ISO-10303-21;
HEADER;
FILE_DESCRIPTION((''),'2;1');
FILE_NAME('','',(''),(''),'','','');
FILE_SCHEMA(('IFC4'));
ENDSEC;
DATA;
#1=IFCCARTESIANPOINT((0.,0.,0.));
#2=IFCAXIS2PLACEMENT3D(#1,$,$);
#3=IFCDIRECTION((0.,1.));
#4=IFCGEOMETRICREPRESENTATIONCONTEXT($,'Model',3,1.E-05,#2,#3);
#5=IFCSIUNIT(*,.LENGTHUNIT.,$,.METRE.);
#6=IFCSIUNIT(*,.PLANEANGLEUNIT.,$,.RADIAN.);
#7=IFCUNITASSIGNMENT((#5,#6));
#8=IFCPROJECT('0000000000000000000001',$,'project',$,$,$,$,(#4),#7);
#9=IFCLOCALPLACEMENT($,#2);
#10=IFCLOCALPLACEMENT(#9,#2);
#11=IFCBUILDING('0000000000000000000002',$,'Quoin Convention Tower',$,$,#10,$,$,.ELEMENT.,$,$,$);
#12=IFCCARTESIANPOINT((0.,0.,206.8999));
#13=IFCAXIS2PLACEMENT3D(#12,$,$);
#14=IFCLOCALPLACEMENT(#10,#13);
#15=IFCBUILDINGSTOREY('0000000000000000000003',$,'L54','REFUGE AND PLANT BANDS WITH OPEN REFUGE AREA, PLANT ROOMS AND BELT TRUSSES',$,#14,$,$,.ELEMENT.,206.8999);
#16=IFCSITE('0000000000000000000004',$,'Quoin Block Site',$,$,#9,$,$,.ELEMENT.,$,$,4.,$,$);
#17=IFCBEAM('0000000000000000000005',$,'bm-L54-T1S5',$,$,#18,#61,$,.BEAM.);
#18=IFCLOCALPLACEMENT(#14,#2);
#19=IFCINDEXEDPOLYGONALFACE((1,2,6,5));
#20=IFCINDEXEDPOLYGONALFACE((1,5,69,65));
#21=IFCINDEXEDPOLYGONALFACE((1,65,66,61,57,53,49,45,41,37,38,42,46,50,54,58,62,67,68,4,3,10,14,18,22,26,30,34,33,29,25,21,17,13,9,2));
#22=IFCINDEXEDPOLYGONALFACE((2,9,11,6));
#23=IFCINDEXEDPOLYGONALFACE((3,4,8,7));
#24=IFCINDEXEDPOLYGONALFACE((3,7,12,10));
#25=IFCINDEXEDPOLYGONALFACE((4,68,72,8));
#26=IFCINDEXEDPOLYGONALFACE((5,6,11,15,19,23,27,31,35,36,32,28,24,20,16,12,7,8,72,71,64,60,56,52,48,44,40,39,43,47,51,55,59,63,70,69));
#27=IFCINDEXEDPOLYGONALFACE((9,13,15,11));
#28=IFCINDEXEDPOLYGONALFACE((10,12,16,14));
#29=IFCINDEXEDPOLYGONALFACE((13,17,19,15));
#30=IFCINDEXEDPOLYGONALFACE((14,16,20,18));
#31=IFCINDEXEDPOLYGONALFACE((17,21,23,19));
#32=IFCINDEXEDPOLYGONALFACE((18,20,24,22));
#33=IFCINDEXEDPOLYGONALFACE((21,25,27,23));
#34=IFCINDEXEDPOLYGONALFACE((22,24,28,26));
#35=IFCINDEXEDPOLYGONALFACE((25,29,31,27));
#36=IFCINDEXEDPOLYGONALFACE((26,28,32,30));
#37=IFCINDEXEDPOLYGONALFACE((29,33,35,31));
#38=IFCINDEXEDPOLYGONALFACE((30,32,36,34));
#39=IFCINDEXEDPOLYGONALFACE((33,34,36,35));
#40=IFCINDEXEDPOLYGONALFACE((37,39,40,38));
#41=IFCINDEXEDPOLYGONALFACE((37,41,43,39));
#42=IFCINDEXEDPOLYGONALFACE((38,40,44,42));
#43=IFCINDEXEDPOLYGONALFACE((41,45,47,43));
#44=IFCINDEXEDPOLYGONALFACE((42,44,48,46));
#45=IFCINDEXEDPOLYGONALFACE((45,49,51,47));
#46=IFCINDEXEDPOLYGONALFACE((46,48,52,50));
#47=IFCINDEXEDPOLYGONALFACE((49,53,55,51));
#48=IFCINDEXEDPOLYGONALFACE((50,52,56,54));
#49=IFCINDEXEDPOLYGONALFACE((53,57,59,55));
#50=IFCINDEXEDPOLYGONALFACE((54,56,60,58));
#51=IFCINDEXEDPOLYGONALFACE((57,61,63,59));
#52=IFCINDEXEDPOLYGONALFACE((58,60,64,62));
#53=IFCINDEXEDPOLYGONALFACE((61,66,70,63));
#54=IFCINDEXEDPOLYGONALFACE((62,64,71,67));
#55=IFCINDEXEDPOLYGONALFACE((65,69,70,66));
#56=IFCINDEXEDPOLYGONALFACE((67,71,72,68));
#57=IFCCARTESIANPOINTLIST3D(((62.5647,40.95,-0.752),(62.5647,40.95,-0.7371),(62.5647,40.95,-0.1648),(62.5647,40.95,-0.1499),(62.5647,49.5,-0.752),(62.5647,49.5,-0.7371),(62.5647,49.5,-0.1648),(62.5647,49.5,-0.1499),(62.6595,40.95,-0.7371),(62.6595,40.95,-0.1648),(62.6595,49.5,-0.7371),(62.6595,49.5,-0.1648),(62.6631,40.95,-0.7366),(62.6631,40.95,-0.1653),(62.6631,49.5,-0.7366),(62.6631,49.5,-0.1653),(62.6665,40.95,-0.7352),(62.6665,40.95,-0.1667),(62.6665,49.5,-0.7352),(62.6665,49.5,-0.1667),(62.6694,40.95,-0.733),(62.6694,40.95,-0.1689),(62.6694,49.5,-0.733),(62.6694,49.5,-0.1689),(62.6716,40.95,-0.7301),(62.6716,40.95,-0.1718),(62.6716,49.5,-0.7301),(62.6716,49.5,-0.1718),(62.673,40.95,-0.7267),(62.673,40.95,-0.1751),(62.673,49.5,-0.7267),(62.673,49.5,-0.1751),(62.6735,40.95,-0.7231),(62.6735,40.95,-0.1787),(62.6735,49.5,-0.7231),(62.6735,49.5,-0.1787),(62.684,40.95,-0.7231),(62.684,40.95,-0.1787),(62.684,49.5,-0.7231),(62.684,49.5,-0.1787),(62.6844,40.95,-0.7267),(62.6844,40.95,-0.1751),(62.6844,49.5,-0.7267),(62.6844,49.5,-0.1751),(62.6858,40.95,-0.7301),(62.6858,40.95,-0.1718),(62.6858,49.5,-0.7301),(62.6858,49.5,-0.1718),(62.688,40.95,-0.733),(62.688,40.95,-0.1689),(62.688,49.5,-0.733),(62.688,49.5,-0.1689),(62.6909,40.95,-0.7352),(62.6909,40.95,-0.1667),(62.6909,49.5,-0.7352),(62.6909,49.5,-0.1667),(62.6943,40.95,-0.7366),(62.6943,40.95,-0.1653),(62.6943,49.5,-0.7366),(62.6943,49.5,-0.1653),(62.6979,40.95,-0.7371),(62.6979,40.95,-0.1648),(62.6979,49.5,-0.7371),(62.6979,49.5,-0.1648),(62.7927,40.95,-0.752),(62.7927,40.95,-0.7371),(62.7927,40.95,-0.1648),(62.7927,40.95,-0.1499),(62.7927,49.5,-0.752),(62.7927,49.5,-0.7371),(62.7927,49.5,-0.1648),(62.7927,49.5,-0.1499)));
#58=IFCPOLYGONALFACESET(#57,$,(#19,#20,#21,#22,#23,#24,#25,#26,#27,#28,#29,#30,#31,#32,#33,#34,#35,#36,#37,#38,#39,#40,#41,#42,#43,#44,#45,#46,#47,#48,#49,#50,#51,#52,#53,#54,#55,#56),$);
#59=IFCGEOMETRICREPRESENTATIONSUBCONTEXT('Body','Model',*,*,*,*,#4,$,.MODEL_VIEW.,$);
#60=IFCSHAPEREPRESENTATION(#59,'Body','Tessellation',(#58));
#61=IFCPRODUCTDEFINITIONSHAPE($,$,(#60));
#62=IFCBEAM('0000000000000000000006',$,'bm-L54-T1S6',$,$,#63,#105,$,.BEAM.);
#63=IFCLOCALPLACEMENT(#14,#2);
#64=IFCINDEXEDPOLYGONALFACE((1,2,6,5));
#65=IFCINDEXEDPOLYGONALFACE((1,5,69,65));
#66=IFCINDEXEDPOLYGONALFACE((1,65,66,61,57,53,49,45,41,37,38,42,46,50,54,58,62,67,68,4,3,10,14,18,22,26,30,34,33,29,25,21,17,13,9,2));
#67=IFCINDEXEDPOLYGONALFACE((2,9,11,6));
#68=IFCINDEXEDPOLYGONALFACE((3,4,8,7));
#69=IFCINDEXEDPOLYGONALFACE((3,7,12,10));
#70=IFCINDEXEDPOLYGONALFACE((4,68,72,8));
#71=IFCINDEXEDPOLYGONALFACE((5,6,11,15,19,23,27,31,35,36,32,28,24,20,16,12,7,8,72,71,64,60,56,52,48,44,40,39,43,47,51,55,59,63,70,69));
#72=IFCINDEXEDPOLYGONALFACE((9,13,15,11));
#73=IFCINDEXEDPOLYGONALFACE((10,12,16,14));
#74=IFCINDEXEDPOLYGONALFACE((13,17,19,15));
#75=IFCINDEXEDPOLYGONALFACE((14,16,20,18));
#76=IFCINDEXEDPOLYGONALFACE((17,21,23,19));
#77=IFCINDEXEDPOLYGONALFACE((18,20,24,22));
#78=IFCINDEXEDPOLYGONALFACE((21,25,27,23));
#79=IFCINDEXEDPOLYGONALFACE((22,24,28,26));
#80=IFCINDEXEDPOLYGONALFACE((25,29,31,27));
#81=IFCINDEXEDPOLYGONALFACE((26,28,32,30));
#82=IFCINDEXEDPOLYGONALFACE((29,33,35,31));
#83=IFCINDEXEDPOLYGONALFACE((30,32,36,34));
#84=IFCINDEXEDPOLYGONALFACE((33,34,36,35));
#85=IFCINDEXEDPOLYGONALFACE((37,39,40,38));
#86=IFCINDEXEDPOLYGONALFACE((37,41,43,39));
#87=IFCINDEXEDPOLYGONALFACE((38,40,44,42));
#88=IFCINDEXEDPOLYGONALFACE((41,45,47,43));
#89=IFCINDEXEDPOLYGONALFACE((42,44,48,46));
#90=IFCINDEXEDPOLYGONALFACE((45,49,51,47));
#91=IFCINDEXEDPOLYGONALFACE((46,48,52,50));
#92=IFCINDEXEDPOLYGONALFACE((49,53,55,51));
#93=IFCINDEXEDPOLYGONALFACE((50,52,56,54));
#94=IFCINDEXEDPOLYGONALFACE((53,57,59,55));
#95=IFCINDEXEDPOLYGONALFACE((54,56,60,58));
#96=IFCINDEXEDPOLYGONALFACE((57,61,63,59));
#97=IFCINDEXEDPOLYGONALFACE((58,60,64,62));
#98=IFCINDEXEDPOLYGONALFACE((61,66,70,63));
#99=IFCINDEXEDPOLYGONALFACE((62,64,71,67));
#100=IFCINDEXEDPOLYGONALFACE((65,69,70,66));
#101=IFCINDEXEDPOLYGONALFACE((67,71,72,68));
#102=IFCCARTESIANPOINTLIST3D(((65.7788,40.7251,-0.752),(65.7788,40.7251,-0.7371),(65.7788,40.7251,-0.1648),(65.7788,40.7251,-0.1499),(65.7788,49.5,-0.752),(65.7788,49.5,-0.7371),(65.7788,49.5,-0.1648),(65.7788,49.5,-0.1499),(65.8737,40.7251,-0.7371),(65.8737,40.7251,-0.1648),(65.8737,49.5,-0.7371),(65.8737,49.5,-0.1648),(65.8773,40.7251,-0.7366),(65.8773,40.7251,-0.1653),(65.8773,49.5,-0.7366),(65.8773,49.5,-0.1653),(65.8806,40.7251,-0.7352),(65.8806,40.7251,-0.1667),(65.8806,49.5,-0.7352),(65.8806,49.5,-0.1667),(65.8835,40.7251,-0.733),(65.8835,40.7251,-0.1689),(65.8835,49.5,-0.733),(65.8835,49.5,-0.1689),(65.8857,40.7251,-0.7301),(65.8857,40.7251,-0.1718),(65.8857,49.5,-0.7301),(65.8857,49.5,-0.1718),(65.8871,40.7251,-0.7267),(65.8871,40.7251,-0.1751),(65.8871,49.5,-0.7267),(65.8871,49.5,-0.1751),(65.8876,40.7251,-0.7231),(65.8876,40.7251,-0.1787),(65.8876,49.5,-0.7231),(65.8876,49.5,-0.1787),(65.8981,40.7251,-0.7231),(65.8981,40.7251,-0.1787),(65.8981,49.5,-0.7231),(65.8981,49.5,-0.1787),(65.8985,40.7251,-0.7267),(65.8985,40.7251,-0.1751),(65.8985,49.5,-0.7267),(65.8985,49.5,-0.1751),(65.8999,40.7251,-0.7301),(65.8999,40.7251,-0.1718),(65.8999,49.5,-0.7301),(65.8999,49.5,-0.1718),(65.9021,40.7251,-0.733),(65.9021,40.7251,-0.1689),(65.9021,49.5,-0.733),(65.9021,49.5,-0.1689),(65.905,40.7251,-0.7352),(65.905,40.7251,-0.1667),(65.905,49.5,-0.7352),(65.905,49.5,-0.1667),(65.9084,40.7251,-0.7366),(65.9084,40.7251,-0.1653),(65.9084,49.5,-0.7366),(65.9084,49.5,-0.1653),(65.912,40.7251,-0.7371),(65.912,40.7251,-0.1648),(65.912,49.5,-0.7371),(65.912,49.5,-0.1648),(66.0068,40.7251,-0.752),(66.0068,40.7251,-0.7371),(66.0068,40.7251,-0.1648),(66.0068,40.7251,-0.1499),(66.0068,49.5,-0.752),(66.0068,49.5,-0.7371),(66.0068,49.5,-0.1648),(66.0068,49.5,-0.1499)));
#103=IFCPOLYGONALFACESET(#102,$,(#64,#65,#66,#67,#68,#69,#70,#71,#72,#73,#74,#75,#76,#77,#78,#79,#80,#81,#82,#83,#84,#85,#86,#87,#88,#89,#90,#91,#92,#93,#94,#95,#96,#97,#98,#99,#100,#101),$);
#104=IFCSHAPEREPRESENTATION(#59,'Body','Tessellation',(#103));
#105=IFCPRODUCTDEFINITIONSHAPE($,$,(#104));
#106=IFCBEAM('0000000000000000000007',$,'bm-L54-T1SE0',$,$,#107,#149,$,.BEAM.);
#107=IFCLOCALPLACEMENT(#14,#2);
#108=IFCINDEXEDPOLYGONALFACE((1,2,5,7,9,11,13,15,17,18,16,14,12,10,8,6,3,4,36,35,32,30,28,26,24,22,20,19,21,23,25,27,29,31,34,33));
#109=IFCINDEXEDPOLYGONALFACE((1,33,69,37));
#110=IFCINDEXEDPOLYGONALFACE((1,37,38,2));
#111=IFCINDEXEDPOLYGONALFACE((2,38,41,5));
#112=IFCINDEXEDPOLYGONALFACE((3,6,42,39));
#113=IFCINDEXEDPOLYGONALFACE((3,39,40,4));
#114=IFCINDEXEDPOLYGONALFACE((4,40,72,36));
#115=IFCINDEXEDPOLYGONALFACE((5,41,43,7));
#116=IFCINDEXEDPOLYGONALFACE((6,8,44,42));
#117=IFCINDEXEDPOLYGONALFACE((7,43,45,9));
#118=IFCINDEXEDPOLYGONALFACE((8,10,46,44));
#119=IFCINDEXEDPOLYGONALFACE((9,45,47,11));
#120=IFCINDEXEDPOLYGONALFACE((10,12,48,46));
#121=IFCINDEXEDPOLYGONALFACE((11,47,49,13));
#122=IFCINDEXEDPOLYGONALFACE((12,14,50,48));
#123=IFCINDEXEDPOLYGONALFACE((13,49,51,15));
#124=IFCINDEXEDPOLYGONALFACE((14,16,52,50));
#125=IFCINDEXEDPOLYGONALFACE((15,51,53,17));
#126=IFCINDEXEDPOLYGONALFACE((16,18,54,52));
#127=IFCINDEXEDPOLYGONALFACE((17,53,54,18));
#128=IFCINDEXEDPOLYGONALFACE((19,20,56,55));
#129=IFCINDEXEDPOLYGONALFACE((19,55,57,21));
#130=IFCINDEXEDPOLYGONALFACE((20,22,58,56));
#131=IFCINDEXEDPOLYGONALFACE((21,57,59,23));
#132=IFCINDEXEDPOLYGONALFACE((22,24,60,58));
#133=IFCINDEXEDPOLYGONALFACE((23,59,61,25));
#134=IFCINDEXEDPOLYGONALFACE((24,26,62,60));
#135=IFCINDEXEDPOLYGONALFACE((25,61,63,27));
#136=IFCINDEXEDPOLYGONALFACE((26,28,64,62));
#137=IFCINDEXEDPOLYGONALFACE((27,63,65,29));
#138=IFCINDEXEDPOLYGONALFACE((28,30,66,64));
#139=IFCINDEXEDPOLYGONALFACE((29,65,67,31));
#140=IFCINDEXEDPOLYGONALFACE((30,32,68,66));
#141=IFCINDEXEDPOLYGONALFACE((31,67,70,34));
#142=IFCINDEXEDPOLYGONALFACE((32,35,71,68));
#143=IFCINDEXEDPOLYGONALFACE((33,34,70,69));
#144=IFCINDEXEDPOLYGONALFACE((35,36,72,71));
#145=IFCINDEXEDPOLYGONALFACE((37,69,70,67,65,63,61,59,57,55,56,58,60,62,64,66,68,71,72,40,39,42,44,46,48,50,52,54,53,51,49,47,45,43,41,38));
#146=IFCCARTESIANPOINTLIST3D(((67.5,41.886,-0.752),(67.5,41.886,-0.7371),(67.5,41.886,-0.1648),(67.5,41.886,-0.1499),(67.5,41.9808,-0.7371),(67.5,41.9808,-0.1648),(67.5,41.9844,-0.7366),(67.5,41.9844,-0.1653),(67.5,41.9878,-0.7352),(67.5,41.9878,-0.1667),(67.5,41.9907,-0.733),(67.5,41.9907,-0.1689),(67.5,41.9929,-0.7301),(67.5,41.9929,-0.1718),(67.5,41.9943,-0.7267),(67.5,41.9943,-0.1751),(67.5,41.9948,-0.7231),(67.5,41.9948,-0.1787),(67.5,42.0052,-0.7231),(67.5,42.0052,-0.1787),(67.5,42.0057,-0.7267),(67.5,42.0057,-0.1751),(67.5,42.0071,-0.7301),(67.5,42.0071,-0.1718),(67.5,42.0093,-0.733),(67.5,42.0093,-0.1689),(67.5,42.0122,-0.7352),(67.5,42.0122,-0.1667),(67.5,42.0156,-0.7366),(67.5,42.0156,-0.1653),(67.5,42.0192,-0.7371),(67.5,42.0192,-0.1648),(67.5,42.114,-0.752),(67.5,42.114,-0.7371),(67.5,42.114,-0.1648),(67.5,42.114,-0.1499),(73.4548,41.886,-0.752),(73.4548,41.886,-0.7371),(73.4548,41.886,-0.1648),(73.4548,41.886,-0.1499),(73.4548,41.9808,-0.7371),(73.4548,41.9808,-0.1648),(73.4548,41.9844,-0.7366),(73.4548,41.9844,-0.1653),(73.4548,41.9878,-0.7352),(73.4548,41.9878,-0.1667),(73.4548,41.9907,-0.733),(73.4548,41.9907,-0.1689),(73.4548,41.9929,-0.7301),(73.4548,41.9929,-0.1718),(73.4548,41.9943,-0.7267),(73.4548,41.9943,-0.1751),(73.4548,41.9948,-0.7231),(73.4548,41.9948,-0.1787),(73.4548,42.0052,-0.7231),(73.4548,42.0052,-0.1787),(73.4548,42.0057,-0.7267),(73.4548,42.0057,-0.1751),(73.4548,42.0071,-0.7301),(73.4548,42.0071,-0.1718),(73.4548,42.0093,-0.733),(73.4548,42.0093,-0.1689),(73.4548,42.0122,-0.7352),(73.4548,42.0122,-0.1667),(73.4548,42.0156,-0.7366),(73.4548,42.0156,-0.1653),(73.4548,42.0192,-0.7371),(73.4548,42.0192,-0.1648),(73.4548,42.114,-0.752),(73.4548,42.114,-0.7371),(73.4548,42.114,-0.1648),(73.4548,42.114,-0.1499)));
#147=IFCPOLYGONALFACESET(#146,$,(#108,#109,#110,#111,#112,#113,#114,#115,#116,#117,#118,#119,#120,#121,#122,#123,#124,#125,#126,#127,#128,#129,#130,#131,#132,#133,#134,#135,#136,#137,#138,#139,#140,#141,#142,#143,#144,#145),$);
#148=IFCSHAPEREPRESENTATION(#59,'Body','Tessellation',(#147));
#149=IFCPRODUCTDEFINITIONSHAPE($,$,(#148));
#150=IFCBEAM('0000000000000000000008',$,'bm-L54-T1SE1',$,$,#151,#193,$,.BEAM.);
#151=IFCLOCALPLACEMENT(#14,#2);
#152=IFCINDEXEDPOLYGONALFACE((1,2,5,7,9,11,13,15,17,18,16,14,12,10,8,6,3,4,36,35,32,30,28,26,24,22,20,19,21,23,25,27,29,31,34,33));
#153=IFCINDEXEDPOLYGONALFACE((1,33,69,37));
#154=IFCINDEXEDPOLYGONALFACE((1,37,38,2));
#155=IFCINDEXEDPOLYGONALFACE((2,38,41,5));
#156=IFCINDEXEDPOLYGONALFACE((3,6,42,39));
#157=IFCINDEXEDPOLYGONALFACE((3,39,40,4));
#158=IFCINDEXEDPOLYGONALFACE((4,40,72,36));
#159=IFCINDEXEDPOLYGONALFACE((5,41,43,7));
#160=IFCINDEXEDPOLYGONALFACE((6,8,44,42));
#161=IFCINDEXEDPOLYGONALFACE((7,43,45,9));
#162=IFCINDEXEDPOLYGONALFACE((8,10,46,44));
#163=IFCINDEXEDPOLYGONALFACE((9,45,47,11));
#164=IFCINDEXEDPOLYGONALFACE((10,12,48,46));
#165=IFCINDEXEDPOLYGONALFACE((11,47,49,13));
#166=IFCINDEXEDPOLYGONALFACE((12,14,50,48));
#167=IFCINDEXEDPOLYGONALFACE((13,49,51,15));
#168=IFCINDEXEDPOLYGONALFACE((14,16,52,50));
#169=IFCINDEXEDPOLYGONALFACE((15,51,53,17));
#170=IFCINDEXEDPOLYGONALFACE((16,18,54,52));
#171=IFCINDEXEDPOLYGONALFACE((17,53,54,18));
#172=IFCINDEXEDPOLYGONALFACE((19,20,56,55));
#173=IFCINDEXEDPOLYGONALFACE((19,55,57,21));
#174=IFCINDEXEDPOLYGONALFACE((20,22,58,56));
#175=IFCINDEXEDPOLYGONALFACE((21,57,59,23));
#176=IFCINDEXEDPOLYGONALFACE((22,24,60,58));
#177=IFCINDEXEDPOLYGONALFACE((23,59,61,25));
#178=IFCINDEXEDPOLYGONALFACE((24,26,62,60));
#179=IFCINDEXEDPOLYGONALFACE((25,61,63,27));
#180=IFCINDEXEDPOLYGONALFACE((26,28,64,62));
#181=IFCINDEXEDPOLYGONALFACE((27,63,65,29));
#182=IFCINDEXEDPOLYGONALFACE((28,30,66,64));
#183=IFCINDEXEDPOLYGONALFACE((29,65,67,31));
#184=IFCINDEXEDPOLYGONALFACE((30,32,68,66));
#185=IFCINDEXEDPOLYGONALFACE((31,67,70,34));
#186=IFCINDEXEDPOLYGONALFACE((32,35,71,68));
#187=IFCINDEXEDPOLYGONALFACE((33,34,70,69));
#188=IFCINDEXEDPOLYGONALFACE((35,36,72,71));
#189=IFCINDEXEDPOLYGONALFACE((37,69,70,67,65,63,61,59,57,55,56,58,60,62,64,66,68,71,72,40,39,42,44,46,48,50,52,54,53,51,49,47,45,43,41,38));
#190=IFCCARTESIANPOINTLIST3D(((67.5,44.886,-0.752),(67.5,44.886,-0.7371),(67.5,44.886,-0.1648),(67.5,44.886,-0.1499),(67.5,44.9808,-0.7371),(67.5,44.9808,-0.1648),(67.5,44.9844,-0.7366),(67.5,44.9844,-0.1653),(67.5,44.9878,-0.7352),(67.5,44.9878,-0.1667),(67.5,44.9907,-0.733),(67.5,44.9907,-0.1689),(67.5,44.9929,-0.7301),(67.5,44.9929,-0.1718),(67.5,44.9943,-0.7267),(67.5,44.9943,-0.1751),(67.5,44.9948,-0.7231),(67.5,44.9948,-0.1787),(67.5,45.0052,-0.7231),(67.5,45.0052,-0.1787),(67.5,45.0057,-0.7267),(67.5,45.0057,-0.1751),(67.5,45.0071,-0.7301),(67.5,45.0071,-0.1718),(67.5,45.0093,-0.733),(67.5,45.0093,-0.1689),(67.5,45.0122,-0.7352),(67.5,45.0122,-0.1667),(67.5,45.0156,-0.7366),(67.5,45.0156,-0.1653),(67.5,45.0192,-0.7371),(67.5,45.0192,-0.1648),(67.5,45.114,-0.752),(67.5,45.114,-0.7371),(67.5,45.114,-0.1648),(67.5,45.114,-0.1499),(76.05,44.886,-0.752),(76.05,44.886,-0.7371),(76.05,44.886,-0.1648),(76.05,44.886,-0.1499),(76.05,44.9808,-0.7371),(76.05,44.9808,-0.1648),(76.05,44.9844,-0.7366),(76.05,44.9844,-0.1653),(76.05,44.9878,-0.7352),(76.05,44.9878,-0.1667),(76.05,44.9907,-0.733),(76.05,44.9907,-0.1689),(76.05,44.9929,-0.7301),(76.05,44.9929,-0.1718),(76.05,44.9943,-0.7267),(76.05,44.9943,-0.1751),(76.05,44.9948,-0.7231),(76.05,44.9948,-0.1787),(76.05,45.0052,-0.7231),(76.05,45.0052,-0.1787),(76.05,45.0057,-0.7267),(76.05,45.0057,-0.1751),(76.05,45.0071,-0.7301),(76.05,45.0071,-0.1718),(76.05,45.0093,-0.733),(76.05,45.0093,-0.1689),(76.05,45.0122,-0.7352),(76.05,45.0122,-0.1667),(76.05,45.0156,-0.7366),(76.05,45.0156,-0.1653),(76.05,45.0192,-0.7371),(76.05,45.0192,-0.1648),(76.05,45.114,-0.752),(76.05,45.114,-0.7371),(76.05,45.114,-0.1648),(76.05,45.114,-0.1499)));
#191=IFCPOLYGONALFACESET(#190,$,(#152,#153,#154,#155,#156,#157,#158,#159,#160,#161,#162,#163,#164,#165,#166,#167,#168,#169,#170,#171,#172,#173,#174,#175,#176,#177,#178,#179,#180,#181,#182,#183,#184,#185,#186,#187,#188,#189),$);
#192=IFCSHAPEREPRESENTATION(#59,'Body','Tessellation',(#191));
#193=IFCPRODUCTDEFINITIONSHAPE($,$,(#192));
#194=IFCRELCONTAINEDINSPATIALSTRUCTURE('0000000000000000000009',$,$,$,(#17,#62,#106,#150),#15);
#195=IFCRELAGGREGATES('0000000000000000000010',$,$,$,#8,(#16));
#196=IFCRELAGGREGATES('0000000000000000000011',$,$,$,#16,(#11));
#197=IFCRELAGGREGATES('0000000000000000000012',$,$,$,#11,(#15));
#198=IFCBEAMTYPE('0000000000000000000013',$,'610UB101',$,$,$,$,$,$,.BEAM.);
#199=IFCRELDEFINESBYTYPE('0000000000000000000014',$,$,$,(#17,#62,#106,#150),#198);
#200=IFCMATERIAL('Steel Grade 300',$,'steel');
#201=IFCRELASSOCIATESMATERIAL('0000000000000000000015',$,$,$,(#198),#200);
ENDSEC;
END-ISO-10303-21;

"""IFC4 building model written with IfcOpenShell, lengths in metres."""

from ifc_helpers import new_model, si_unit, direction, frame, origin, origin_2d, place, context, subcontext, project, spatial, i_section, extrude, material, material_profile, profile_set, type_object, element, save


model = new_model("IFC4")

# Units and contexts
model_context = context("Model", 3, precision=1e-05, world=origin(), true_north=direction((0.0, 1.0)))
body_context = subcontext(model_context, "Body", "Model", "MODEL_VIEW")
ifc_project = project(units=[si_unit("LENGTHUNIT", "METRE"), si_unit("PLANEANGLEUNIT", "RADIAN")], contexts=[model_context])

# Site, building, storey
site_placement = place(None, origin())
site = spatial("IfcSite", under=ifc_project, at=site_placement, Name="Quoin Block Site", CompositionType="ELEMENT", RefElevation=4.0)
building_placement = place(site_placement, origin())
building = spatial("IfcBuilding", under=site, at=building_placement, Name="Quoin Convention Tower", CompositionType="ELEMENT")
storey_placement = place(building_placement, frame((0.0, 0.0, 206.8999)))
storey = spatial("IfcBuildingStorey", under=building, at=storey_placement, Name="L54", Description="REFUGE AND PLANT BANDS WITH OPEN REFUGE AREA, PLANT ROOMS AND BELT TRUSSES", CompositionType="ELEMENT", Elevation=206.8999)

# Shared definitions
ifc_material_1 = material(Name="Steel Grade 300", Category="steel")

# Beams
ifc_material_profile_1 = material_profile(ifc_material_1, i_section(OverallWidth=0.228, OverallDepth=0.6021, WebThickness=0.0105, FlangeThickness=0.0149, FilletRadius=0.0139, at=origin_2d()), Name="610UB101")
ifc_profile_set_1 = profile_set([ifc_material_profile_1], Name="Steel Grade 300")
beam_type_1 = type_object("IfcBeamType", Name="610UB101", PredefinedType="BEAM", material=ifc_profile_set_1)
beam_1_placement = place(storey_placement, frame((62.6787, 40.95, -0.4509), z_axis=(0.0, 1.0, 0.0), x_axis=(-1.0, 0.0, 0.0)))
element("IfcBeam", 1, at=beam_1_placement, inside=storey, type_object=beam_type_1, Name="bm-L54-T1S5", PredefinedType="BEAM", context=body_context, shape_type="SweptSolid", body=[
    extrude(i_section(OverallWidth=0.228, OverallDepth=0.6021, WebThickness=0.0105, FlangeThickness=0.0149, FilletRadius=0.0139, at=origin_2d()), origin(), (0.0, 0.0, 1.0), 8.55),
])
beam_2_placement = place(storey_placement, frame((65.8928, 40.7251, -0.4509), z_axis=(0.0, 1.0, 0.0), x_axis=(-1.0, 0.0, 0.0)))
element("IfcBeam", 2, at=beam_2_placement, inside=storey, type_object=beam_type_1, Name="bm-L54-T1S6", PredefinedType="BEAM", context=body_context, shape_type="SweptSolid", body=[
    extrude(i_section(OverallWidth=0.228, OverallDepth=0.6021, WebThickness=0.0105, FlangeThickness=0.0149, FilletRadius=0.0139, at=origin_2d()), origin(), (0.0, 0.0, 1.0), 8.7749),
])
beam_3_placement = place(storey_placement, frame((67.5, 42.0, -0.4509), z_axis=(1.0, 0.0, 0.0), x_axis=(0.0, 1.0, 0.0)))
element("IfcBeam", 3, at=beam_3_placement, inside=storey, type_object=beam_type_1, Name="bm-L54-T1SE0", PredefinedType="BEAM", context=body_context, shape_type="SweptSolid", body=[
    extrude(i_section(OverallWidth=0.228, OverallDepth=0.6021, WebThickness=0.0105, FlangeThickness=0.0149, FilletRadius=0.0139, at=origin_2d()), origin(), (0.0, 0.0, 1.0), 5.9548),
])
beam_4_placement = place(storey_placement, frame((67.5, 45.0, -0.4509), z_axis=(1.0, 0.0, 0.0), x_axis=(0.0, 1.0, 0.0)))
element("IfcBeam", 4, at=beam_4_placement, inside=storey, type_object=beam_type_1, Name="bm-L54-T1SE1", PredefinedType="BEAM", context=body_context, shape_type="SweptSolid", body=[
    extrude(i_section(OverallWidth=0.228, OverallDepth=0.6021, WebThickness=0.0105, FlangeThickness=0.0149, FilletRadius=0.0139, at=origin_2d()), origin(), (0.0, 0.0, 1.0), 8.55),
])

save(model, "model.ifc")
